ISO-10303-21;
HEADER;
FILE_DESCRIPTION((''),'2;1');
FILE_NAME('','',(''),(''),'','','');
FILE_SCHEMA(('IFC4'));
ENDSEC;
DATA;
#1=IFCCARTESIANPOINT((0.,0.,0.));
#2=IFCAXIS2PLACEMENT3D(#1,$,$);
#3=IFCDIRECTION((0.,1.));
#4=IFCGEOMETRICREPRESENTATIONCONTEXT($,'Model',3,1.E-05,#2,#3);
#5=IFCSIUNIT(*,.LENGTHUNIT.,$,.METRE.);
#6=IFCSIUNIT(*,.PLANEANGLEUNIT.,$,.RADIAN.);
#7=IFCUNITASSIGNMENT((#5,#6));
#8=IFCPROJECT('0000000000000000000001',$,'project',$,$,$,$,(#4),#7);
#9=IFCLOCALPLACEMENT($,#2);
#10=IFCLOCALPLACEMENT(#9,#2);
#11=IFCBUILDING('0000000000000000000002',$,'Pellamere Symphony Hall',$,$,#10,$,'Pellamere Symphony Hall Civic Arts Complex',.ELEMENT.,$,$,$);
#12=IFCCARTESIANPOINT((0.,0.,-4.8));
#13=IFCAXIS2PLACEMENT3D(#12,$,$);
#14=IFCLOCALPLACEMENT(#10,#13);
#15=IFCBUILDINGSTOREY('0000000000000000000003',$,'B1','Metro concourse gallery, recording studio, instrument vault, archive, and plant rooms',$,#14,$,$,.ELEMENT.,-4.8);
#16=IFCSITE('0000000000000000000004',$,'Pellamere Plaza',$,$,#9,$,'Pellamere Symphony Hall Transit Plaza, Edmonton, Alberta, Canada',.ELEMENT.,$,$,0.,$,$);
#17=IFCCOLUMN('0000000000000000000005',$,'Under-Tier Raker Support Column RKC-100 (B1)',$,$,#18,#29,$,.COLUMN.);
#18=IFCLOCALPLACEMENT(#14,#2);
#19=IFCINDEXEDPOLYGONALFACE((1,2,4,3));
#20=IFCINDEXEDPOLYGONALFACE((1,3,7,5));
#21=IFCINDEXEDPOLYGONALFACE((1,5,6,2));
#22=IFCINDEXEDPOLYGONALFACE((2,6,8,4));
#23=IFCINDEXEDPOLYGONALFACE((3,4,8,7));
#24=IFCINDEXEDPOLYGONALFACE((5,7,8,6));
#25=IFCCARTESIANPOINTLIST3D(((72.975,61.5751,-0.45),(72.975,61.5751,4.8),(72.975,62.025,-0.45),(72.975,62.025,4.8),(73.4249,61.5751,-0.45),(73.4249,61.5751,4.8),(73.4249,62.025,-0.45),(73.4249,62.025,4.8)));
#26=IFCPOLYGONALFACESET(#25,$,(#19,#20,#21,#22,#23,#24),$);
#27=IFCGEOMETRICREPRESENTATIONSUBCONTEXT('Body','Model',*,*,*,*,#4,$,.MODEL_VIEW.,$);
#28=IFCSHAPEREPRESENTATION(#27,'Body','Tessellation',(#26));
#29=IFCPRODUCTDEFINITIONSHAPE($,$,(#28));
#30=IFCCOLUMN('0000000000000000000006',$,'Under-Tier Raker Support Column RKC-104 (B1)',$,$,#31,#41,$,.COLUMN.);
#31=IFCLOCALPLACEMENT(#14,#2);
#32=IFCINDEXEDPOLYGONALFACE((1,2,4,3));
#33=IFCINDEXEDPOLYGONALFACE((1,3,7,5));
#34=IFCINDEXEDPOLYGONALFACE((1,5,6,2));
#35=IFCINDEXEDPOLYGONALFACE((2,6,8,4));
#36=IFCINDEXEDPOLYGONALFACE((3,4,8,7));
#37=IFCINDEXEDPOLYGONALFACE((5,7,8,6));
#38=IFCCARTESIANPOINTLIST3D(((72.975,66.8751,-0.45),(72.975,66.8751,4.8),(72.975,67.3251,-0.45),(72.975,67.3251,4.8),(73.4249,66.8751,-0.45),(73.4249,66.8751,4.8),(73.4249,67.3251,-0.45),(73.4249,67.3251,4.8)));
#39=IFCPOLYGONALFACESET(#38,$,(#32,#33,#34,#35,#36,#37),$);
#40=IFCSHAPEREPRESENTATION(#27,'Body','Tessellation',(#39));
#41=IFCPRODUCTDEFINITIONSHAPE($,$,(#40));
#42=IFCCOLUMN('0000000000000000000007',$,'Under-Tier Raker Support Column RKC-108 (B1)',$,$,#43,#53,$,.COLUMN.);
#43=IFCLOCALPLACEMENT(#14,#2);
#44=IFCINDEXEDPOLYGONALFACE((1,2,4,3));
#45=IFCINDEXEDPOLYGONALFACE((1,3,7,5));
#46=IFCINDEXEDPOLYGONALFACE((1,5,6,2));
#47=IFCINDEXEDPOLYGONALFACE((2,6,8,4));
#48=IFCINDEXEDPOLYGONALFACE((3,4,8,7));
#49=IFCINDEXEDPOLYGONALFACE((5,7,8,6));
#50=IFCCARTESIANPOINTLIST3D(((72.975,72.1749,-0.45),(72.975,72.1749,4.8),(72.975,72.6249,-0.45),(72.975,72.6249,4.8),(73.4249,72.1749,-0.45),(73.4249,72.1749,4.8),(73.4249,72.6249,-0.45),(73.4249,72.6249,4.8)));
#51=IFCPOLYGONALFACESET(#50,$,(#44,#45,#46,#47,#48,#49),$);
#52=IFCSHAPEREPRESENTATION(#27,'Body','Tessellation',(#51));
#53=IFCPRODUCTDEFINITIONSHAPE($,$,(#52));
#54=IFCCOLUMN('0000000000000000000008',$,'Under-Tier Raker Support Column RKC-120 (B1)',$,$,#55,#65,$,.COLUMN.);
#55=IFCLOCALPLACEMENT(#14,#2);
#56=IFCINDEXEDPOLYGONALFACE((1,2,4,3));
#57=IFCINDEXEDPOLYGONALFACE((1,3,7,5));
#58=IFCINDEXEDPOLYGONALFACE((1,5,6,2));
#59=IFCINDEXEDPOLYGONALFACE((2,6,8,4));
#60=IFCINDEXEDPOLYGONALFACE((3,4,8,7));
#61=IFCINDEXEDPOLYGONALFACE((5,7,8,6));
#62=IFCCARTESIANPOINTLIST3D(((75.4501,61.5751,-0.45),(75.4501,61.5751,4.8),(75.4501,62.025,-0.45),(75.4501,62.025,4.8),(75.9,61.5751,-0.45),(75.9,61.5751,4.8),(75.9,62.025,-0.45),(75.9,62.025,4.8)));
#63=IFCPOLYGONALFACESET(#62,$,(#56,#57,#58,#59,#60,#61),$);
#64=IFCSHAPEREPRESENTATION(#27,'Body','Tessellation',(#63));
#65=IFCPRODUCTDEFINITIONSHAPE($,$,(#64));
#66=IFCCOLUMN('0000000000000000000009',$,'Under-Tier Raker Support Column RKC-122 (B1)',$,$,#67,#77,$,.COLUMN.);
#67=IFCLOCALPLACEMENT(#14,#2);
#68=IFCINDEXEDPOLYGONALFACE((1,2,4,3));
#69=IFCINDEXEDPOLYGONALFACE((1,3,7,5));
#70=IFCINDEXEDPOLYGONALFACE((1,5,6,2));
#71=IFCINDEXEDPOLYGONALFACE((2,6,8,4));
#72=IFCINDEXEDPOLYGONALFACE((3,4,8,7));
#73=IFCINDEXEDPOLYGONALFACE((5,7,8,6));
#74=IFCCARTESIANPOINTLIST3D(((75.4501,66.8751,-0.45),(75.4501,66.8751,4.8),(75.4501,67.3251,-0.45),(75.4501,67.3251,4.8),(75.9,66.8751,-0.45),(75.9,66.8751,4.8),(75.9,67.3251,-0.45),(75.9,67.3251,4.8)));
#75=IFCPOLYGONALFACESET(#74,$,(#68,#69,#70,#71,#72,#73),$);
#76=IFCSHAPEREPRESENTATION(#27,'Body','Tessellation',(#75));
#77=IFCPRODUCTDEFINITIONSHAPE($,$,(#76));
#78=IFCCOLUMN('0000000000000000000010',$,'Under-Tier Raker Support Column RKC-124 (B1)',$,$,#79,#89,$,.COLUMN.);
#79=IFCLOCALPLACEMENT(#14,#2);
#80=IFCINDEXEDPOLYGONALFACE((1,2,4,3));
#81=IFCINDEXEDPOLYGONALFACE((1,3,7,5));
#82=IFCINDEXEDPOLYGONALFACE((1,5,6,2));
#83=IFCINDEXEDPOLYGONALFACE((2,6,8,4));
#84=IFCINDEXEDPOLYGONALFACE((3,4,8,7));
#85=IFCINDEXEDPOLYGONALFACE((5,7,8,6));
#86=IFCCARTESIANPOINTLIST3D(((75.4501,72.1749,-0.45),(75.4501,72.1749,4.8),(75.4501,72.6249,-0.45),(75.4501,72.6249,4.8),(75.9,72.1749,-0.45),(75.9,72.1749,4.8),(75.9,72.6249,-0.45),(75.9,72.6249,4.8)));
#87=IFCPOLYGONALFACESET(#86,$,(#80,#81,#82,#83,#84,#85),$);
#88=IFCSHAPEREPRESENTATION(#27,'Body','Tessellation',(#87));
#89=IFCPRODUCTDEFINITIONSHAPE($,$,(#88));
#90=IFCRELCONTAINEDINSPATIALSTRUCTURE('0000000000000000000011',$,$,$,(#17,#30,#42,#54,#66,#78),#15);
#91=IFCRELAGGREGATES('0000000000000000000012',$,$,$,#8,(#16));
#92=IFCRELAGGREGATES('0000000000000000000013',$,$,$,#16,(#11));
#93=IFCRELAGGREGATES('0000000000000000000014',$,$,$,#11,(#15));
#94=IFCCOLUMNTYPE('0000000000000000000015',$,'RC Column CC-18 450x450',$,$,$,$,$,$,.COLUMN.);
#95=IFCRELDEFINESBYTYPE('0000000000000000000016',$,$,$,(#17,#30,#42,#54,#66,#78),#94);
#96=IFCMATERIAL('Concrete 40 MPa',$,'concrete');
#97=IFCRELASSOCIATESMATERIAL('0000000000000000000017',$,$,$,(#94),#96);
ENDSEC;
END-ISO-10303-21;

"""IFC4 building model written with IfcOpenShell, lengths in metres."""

from ifc_helpers import new_model, si_unit, direction, frame, origin, origin_2d, place, context, subcontext, project, spatial, rectangle, extrude, material, material_profile, profile_set, type_object, element, save


model = new_model("IFC4")

# Units and contexts
model_context = context("Model", 3, precision=1e-05, world=origin(), true_north=direction((0.0, 1.0)))
body_context = subcontext(model_context, "Body", "Model", "MODEL_VIEW")
ifc_project = project(units=[si_unit("LENGTHUNIT", "METRE"), si_unit("PLANEANGLEUNIT", "RADIAN")], contexts=[model_context])

# Site, building, storey
site_placement = place(None, origin())
site = spatial("IfcSite", under=ifc_project, at=site_placement, Name="Pellamere Plaza", LongName="Pellamere Symphony Hall Transit Plaza, Edmonton, Alberta, Canada", CompositionType="ELEMENT", RefElevation=0.0)
building_placement = place(site_placement, origin())
building = spatial("IfcBuilding", under=site, at=building_placement, Name="Pellamere Symphony Hall", LongName="Pellamere Symphony Hall Civic Arts Complex", CompositionType="ELEMENT")
storey_placement = place(building_placement, frame((0.0, 0.0, -4.8)))
storey = spatial("IfcBuildingStorey", under=building, at=storey_placement, Name="B1", Description="Metro concourse gallery, recording studio, instrument vault, archive, and plant rooms", CompositionType="ELEMENT", Elevation=-4.8)

# Columns
ifc_material_1 = material(Name="Concrete 40 MPa", Category="concrete")
ifc_material_profile_1 = material_profile(ifc_material_1, rectangle(XDim=0.45, YDim=0.45, at=origin_2d()), Name="RC 450x450")
ifc_profile_set_1 = profile_set([ifc_material_profile_1], Name="Concrete 40 MPa")
column_type_1 = type_object("IfcColumnType", Name="RC Column CC-18 450x450", PredefinedType="COLUMN", material=ifc_profile_set_1)
for number, where, z_axis, x_axis, name in (
    (1, (73.2, 61.8, -0.45), (0.0, 0.0, 1.0), (1.0, 0.0, 0.0), "Under-Tier Raker Support Column RKC-100 (B1)"),
    (2, (73.2, 67.1001, -0.45), (0.0, 0.0, 1.0), (1.0, 0.0, 0.0), "Under-Tier Raker Support Column RKC-104 (B1)"),
    (3, (73.2, 72.3999, -0.45), (0.0, 0.0, 1.0), (1.0, 0.0, 0.0), "Under-Tier Raker Support Column RKC-108 (B1)"),
    (4, (75.675, 61.8, -0.45), (0.0, 0.0, 1.0), (1.0, 0.0, 0.0), "Under-Tier Raker Support Column RKC-120 (B1)"),
    (5, (75.675, 67.1001, -0.45), (0.0, 0.0, 1.0), (1.0, 0.0, 0.0), "Under-Tier Raker Support Column RKC-122 (B1)"),
    (6, (75.675, 72.3999, -0.45), (0.0, 0.0, 1.0), (1.0, 0.0, 0.0), "Under-Tier Raker Support Column RKC-124 (B1)"),
):
    element("IfcColumn", number, at=place(storey_placement, frame(where, z_axis=z_axis, x_axis=x_axis)), inside=storey, type_object=column_type_1, Name=name, PredefinedType="COLUMN", context=body_context, shape_type="SweptSolid", body=[
        extrude(rectangle(XDim=0.45, YDim=0.45, at=origin_2d()), origin(), (0.0, 0.0, 1.0), 5.25),
    ])

save(model, "model.ifc")
